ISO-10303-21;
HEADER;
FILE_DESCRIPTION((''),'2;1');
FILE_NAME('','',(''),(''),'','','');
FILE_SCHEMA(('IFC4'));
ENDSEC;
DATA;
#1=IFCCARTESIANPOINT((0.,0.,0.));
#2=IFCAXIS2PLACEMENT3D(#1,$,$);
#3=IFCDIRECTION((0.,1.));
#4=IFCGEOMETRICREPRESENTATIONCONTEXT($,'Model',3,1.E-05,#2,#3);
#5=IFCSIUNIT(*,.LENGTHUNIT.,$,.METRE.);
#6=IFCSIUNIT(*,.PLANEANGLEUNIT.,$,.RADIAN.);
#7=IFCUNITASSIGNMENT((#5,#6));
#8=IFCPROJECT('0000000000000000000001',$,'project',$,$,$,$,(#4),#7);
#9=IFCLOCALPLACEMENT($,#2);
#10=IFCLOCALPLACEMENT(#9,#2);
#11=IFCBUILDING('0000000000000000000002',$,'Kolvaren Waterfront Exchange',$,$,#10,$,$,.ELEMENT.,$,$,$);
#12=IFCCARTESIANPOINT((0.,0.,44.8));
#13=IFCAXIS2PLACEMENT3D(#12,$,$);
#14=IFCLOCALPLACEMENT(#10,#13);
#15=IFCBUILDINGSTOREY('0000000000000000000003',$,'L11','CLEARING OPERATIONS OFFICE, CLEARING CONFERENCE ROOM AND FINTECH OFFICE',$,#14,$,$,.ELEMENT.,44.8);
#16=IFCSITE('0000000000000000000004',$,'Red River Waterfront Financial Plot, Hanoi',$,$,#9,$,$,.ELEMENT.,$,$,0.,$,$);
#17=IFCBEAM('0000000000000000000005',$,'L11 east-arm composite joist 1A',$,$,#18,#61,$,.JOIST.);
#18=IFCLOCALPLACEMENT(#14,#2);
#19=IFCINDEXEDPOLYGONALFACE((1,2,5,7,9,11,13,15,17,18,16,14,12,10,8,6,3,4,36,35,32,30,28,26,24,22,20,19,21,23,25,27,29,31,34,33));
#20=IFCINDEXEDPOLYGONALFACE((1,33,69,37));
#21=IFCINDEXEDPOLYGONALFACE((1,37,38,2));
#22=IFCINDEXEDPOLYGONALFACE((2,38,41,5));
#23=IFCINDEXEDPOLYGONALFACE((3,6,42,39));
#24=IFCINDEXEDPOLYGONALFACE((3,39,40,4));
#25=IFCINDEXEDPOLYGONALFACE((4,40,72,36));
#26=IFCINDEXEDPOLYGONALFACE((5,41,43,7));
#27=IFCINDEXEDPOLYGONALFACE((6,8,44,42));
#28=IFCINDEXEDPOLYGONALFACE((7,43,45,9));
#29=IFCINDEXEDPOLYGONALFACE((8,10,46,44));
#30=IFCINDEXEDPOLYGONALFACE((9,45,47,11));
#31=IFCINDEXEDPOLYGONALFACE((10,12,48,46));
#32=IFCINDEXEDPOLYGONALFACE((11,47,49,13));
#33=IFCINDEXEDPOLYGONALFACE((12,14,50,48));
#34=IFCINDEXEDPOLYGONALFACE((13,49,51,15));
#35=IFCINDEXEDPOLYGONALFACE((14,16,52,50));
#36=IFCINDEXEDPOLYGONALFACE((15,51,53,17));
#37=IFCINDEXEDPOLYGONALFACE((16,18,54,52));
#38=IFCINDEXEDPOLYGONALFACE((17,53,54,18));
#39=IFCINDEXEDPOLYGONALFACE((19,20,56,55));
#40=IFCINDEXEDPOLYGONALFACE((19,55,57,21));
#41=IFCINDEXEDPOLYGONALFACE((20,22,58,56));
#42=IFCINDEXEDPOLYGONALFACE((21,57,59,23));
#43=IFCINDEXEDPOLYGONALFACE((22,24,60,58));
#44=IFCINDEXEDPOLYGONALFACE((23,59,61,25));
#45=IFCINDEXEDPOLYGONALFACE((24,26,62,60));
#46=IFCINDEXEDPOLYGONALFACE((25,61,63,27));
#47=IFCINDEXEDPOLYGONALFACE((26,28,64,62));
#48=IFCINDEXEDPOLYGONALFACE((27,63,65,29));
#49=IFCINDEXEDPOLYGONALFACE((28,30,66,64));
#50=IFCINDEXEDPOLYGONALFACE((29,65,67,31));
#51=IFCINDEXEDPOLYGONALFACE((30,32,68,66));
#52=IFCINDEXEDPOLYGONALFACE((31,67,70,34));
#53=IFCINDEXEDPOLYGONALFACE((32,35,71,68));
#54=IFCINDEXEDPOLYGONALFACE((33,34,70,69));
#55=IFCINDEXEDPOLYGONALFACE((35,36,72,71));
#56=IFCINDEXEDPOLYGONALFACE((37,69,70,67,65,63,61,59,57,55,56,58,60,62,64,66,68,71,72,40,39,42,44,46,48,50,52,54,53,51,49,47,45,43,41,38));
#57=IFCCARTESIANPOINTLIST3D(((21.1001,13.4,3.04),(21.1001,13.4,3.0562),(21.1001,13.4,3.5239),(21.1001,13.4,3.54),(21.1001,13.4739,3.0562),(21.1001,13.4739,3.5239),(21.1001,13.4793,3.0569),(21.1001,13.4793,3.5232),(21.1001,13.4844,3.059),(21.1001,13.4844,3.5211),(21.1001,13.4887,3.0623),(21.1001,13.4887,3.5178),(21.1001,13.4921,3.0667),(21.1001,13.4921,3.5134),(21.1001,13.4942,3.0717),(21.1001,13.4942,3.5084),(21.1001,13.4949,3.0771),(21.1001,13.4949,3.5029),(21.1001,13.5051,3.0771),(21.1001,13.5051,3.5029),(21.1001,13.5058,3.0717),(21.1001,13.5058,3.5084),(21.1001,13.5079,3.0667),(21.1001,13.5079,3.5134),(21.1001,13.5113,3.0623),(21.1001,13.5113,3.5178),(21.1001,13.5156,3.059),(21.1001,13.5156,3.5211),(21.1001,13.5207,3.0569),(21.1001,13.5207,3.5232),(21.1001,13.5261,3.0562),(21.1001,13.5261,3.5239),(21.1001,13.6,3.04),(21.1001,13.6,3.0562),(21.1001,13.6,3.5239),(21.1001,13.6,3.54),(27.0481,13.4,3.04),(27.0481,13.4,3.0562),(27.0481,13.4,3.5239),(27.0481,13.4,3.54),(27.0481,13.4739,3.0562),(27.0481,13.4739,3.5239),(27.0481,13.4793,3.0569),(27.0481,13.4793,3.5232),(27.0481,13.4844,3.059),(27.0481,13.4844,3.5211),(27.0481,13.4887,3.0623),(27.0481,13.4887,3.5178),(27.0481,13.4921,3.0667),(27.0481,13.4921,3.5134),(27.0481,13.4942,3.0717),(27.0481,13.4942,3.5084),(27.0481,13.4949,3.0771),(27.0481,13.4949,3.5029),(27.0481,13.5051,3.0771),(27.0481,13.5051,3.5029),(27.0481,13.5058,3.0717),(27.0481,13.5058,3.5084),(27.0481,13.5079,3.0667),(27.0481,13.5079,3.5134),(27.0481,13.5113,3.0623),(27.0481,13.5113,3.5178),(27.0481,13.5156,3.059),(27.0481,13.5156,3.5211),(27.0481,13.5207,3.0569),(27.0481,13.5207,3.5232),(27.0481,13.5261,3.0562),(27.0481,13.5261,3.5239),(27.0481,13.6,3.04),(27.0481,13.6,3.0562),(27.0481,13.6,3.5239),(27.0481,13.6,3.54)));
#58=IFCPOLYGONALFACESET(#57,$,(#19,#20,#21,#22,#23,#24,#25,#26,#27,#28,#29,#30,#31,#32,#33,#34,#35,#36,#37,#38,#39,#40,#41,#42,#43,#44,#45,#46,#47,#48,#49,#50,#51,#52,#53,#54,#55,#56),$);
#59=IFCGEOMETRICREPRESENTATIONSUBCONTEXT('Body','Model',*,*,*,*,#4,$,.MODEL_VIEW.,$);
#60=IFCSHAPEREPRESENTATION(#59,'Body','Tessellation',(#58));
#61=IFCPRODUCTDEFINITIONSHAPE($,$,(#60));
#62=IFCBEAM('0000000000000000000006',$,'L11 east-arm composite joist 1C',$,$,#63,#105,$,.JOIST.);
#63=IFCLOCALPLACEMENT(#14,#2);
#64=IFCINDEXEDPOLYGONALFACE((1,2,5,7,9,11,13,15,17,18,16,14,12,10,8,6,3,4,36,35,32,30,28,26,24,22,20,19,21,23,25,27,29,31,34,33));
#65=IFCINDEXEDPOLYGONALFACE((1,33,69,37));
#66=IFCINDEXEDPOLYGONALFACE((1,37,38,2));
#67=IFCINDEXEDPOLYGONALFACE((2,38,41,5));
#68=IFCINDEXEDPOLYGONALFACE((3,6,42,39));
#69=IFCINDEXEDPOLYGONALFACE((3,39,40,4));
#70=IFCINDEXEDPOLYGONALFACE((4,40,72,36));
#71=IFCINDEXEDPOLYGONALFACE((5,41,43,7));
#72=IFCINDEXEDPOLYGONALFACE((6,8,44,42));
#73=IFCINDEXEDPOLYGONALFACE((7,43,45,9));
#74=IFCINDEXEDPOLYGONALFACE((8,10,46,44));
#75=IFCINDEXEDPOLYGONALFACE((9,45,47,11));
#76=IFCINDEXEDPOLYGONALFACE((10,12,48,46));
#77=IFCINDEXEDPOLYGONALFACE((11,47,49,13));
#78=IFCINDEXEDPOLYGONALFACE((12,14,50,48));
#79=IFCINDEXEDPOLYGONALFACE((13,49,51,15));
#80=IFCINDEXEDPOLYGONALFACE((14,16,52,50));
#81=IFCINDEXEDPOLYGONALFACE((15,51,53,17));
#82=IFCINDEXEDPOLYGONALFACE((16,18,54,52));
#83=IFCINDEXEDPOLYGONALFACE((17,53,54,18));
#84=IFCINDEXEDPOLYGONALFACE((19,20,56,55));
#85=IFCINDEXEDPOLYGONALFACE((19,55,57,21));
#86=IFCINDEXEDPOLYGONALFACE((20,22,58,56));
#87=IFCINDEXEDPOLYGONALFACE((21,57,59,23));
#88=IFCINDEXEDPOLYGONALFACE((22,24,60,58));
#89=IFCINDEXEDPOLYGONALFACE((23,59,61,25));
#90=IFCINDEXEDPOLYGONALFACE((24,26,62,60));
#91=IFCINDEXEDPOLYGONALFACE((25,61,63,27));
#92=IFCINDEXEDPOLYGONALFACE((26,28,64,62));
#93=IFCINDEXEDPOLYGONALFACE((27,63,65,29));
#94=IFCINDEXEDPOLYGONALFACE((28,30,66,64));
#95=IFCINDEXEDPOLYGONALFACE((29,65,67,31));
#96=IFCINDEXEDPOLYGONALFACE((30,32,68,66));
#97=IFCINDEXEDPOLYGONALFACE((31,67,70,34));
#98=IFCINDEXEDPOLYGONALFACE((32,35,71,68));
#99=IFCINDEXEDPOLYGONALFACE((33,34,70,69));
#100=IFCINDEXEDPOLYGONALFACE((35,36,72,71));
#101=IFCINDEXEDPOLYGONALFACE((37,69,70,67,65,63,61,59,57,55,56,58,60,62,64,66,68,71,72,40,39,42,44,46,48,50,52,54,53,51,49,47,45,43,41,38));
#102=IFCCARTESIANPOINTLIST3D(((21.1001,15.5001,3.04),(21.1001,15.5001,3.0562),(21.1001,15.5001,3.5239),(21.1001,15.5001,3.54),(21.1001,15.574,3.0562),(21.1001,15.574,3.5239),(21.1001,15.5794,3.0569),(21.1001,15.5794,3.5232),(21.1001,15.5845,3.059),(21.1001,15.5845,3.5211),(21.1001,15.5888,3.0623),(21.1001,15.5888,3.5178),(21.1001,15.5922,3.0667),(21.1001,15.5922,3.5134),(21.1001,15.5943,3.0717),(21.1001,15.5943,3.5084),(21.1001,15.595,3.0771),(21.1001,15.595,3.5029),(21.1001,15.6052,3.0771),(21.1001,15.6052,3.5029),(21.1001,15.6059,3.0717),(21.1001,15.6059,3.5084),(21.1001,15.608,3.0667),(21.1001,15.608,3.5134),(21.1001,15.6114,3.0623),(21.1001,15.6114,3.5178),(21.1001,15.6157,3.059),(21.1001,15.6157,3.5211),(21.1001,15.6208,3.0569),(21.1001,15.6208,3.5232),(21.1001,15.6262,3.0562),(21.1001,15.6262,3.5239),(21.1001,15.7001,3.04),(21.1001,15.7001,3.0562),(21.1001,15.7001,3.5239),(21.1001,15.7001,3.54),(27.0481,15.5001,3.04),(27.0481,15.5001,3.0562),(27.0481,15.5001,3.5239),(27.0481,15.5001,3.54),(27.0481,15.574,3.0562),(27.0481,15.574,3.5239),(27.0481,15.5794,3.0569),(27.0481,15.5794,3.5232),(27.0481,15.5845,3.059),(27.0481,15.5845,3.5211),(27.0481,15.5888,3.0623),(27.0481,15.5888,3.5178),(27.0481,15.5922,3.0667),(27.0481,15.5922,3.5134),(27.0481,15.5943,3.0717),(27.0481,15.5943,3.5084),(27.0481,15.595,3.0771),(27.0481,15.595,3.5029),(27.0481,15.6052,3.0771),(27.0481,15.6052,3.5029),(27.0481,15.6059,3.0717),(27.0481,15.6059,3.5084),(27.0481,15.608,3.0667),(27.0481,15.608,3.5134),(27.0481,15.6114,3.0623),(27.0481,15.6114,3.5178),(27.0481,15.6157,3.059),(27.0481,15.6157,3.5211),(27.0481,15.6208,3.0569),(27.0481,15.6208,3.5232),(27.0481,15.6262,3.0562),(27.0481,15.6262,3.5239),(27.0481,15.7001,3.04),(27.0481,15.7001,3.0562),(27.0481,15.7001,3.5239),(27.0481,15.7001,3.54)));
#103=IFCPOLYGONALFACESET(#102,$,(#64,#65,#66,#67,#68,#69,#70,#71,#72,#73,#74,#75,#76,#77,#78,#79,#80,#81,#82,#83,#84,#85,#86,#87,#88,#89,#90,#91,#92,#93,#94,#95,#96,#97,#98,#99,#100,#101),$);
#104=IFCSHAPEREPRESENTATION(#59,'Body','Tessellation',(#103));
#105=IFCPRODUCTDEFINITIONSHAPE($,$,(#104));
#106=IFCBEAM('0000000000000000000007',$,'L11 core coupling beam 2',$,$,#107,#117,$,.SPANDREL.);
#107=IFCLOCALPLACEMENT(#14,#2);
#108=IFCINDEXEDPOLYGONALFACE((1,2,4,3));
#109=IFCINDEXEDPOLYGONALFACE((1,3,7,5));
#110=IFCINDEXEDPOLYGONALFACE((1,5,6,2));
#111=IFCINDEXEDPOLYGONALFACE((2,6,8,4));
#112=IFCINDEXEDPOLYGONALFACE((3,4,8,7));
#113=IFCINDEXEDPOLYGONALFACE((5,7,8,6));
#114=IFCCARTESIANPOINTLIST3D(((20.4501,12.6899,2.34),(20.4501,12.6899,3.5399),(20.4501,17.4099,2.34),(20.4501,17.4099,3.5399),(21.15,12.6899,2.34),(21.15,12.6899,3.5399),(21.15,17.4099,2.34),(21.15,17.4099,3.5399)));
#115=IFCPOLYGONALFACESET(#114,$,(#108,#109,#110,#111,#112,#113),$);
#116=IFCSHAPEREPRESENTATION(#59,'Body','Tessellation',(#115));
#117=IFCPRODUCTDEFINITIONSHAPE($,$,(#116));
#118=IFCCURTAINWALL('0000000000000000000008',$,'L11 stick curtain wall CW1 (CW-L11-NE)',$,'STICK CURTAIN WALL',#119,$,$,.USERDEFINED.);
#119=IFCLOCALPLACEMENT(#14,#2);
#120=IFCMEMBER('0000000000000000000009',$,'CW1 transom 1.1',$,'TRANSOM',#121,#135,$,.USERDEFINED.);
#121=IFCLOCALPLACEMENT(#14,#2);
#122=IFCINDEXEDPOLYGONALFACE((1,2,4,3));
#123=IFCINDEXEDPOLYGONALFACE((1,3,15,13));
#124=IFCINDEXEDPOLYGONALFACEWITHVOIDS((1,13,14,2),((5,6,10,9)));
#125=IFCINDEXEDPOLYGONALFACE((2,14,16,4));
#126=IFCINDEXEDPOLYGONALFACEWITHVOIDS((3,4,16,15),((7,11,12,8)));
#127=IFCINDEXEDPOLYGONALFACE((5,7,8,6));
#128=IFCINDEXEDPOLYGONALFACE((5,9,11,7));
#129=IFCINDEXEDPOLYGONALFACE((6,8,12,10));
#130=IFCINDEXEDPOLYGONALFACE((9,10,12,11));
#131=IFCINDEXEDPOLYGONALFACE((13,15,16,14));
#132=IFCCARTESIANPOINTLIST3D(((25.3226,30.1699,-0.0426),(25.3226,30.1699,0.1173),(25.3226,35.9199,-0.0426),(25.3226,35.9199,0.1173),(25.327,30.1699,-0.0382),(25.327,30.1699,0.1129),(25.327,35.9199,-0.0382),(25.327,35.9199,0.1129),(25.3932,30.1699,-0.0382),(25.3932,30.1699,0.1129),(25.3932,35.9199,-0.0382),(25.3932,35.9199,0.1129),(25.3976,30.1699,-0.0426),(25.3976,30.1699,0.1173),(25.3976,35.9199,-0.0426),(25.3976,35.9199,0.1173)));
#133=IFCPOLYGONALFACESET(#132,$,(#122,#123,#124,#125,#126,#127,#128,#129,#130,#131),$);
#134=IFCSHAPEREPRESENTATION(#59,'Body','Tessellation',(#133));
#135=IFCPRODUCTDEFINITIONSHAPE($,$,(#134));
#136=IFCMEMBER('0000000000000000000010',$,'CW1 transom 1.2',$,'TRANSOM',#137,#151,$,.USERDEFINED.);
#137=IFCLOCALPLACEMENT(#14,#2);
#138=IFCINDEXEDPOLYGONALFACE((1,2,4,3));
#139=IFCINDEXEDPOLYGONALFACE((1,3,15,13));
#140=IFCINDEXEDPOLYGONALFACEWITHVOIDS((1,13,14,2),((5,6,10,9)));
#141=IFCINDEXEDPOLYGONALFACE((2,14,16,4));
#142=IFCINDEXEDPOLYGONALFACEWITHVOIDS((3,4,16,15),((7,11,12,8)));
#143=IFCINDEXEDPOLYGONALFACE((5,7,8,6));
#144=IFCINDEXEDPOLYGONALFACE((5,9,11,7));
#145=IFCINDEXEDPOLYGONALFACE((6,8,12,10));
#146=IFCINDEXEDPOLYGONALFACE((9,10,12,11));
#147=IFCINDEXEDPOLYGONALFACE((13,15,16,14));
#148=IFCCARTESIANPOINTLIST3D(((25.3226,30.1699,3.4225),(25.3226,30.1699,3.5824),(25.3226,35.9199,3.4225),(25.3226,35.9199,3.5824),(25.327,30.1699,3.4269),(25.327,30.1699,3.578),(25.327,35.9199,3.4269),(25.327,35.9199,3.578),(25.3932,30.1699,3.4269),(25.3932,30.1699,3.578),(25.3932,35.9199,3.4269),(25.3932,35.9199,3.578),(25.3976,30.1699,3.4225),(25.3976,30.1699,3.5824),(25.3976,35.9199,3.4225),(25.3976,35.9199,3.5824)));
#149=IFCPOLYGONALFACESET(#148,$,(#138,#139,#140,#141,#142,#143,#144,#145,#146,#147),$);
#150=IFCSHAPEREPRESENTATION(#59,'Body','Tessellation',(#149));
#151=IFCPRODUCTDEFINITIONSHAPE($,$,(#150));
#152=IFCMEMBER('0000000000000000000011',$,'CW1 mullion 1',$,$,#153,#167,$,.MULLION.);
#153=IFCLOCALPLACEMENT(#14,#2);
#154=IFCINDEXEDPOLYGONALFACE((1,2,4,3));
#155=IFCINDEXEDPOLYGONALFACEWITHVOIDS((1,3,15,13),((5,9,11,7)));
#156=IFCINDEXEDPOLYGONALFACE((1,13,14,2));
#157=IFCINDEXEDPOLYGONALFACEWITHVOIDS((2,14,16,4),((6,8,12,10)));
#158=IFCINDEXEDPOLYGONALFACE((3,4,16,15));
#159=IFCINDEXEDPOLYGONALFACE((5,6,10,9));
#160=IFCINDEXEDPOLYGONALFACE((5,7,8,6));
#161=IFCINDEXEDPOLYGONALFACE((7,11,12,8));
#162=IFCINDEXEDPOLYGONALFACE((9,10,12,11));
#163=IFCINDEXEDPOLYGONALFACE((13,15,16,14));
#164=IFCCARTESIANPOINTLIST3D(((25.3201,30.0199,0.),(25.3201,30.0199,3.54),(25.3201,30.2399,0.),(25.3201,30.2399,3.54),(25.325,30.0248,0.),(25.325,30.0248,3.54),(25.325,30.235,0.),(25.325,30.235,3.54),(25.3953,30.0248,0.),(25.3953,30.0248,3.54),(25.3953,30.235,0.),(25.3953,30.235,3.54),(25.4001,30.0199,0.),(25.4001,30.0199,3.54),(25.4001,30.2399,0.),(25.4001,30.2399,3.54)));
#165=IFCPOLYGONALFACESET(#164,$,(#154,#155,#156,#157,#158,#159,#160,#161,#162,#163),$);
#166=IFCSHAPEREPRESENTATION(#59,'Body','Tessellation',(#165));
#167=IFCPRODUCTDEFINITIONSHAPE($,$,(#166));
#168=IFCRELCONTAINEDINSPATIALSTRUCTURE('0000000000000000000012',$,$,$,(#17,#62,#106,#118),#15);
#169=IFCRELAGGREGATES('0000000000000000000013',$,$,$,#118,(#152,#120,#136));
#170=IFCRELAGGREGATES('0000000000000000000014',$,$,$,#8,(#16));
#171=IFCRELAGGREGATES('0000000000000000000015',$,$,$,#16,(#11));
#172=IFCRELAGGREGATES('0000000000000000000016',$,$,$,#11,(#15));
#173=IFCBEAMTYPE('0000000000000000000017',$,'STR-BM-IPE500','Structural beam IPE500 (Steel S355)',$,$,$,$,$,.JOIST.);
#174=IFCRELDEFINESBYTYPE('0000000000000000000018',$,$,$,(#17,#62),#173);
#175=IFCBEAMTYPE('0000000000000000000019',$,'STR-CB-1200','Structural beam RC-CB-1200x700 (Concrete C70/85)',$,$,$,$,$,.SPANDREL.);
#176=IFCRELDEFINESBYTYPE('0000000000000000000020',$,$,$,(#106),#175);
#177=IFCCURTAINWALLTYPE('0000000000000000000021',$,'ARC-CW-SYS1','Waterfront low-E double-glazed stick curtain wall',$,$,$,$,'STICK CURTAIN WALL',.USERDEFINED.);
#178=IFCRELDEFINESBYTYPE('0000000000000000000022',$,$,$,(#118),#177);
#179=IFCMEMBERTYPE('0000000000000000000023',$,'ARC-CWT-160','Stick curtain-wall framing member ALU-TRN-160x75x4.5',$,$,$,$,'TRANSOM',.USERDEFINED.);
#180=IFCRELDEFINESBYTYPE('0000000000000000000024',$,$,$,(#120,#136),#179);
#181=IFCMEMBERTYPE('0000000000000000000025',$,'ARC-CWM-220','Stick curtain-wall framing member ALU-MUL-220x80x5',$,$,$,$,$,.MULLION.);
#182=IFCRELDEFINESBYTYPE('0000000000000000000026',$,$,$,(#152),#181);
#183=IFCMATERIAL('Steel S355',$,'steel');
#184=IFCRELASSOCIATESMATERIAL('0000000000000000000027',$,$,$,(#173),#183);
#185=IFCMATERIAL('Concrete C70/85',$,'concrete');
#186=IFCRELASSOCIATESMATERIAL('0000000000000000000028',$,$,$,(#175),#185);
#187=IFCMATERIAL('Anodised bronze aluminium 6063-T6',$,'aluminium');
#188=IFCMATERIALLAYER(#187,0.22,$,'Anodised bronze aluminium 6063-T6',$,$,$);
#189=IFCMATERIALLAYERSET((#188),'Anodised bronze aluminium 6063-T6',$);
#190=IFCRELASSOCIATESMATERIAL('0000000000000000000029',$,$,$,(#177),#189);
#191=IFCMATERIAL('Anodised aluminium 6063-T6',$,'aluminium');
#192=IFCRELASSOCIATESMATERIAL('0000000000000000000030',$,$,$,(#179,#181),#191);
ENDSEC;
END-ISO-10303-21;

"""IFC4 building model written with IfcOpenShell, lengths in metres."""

from ifc_helpers import new_model, si_unit, direction, frame, origin, origin_with_axes, origin_2d, place, context, subcontext, project, spatial, rectangle, hollow_rectangle, i_section, extrude, source, transform, mapped, material, layer, layer_set, material_profile, profile_set, type_object, element, aggregate, save


model = new_model("IFC4")

# Units and contexts
model_context = context("Model", 3, precision=1e-05, world=origin(), true_north=direction((0.0, 1.0)))
body_context = subcontext(model_context, "Body", "Model", "MODEL_VIEW")
ifc_project = project(units=[si_unit("LENGTHUNIT", "METRE"), si_unit("PLANEANGLEUNIT", "RADIAN")], contexts=[model_context])

# Site, building, storey
site_placement = place(None, origin())
site = spatial("IfcSite", under=ifc_project, at=site_placement, Name="Red River Waterfront Financial Plot, Hanoi", CompositionType="ELEMENT", RefElevation=0.0)
building_placement = place(site_placement, origin())
building = spatial("IfcBuilding", under=site, at=building_placement, Name="Kolvaren Waterfront Exchange", CompositionType="ELEMENT")
storey_placement = place(building_placement, frame((0.0, 0.0, 44.8)))
storey = spatial("IfcBuildingStorey", under=building, at=storey_placement, Name="L11", Description="CLEARING OPERATIONS OFFICE, CLEARING CONFERENCE ROOM AND FINTECH OFFICE", CompositionType="ELEMENT", Elevation=44.8)

# Shared definitions
ifc_material_1 = material(Name="Concrete C70/85", Category="concrete")

# Beams
ifc_material_2 = material(Name="Steel S355", Category="steel")
ifc_material_profile_1 = material_profile(ifc_material_2, i_section(OverallWidth=0.2, OverallDepth=0.5, WebThickness=0.0103, FlangeThickness=0.0161, FilletRadius=0.021, at=origin_2d()), Name="IPE500")
ifc_profile_set_1 = profile_set([ifc_material_profile_1], Name="Steel S355")
beam_type_1 = type_object("IfcBeamType", Name="STR-BM-IPE500", Description="Structural beam IPE500 (Steel S355)", PredefinedType="JOIST", material=ifc_profile_set_1)
for number, where, z_axis, x_axis, name in (
    (1, (21.1001, 13.5, 3.29), (1.0, 0.0, 0.0), (0.0, 1.0, 0.0), "L11 east-arm composite joist 1A"),
    (2, (21.1001, 15.6001, 3.29), (1.0, 0.0, 0.0), (0.0, 1.0, 0.0), "L11 east-arm composite joist 1C"),
):
    element("IfcBeam", number, at=place(storey_placement, frame(where, z_axis=z_axis, x_axis=x_axis)), inside=storey, type_object=beam_type_1, Name=name, PredefinedType="JOIST", context=body_context, shape_type="SweptSolid", body=[
        extrude(i_section(OverallWidth=0.2, OverallDepth=0.5, WebThickness=0.0103, FlangeThickness=0.0161, FilletRadius=0.021, at=origin_2d()), origin(), (0.0, 0.0, 1.0), 5.948),
    ])
ifc_material_profile_2 = material_profile(ifc_material_1, rectangle(XDim=0.7, YDim=1.2, at=origin_2d()), Name="RC-CB-1200x700")
ifc_profile_set_2 = profile_set([ifc_material_profile_2], Name="Concrete C70/85")
beam_type_2 = type_object("IfcBeamType", Name="STR-CB-1200", Description="Structural beam RC-CB-1200x700 (Concrete C70/85)", PredefinedType="SPANDREL", material=ifc_profile_set_2)
beam_1_placement = place(storey_placement, frame((20.8, 12.6899, 2.9399), z_axis=(0.0, 1.0, 0.0), x_axis=(-1.0, 0.0, 0.0)))
element("IfcBeam", 3, at=beam_1_placement, inside=storey, type_object=beam_type_2, Name="L11 core coupling beam 2", PredefinedType="SPANDREL", context=body_context, shape_type="SweptSolid", body=[
    extrude(rectangle(XDim=0.7, YDim=1.2, at=origin_2d()), origin(), (0.0, 0.0, 1.0), 4.72),
])

# Curtain wall, members
ifc_material_3 = material(Name="Anodised bronze aluminium 6063-T6", Category="aluminium")
ifc_layer_1 = layer(ifc_material_3, 0.22, Name="Anodised bronze aluminium 6063-T6")
ifc_layer_set_1 = layer_set([ifc_layer_1], Name="Anodised bronze aluminium 6063-T6")
curtain_wall_type = type_object("IfcCurtainWallType", Name="ARC-CW-SYS1", Description="Waterfront low-E double-glazed stick curtain wall", ElementType="STICK CURTAIN WALL", PredefinedType="USERDEFINED", material=ifc_layer_set_1)
curtain_wall_placement = place(storey_placement, origin())
curtain_wall = element("IfcCurtainWall", 4, at=curtain_wall_placement, inside=storey, type_object=curtain_wall_type, Name="L11 stick curtain wall CW1 (CW-L11-NE)", ObjectType="STICK CURTAIN WALL", PredefinedType="USERDEFINED")
ifc_material_4 = material(Name="Anodised aluminium 6063-T6", Category="aluminium")
ifc_material_profile_3 = material_profile(ifc_material_4, hollow_rectangle(XDim=0.075, YDim=0.1599, WallThickness=0.0044, at=origin_2d()), Name="ALU-TRN-160x75x4.5")
ifc_profile_set_3 = profile_set([ifc_material_profile_3], Name="Anodised aluminium 6063-T6")
member_type_1 = type_object("IfcMemberType", Name="ARC-CWT-160", Description="Stick curtain-wall framing member ALU-TRN-160x75x4.5", ElementType="TRANSOM", PredefinedType="USERDEFINED", material=ifc_profile_set_3)
shared_shape_1 = source(origin_with_axes(), body_context, "Body", "SweptSolid", [
    extrude(hollow_rectangle(XDim=0.075, YDim=0.1599, WallThickness=0.0044, at=origin_2d()), origin(), (0.0, 0.0, 1.0), 5.75),
])
member_1_placement = place(storey_placement, frame((25.3601, 30.1699, 0.0374), z_axis=(0.0, 1.0, 0.0), x_axis=(-1.0, 0.0, 0.0)))
member_1 = element("IfcMember", 5, at=member_1_placement, type_object=member_type_1, Name="CW1 transom 1.1", ObjectType="TRANSOM", PredefinedType="USERDEFINED", context=body_context, shape_type="MappedRepresentation", body=[
    mapped(shared_shape_1, transform((0.0, 0.0, 0.0), x_axis=(1.0, 0.0, 0.0), y_axis=(0.0, 1.0, 0.0), z_axis=(0.0, 0.0, 1.0), scale=1.0)),
])
member_2_placement = place(storey_placement, frame((25.3601, 30.1699, 3.5024), z_axis=(0.0, 1.0, 0.0), x_axis=(-1.0, 0.0, 0.0)))
member_2 = element("IfcMember", 6, at=member_2_placement, type_object=member_type_1, Name="CW1 transom 1.2", ObjectType="TRANSOM", PredefinedType="USERDEFINED", context=body_context, shape_type="MappedRepresentation", body=[
    mapped(shared_shape_1, transform((0.0, 0.0, 0.0), x_axis=(1.0, 0.0, 0.0), y_axis=(0.0, 1.0, 0.0), z_axis=(0.0, 0.0, 1.0), scale=1.0)),
])
ifc_material_profile_4 = material_profile(ifc_material_4, hollow_rectangle(XDim=0.0801, YDim=0.22, WallThickness=0.0049, at=origin_2d()), Name="ALU-MUL-220x80x5")
ifc_profile_set_4 = profile_set([ifc_material_profile_4], Name="Anodised aluminium 6063-T6")
member_type_2 = type_object("IfcMemberType", Name="ARC-CWM-220", Description="Stick curtain-wall framing member ALU-MUL-220x80x5", PredefinedType="MULLION", material=ifc_profile_set_4)
shared_shape_2 = source(origin_with_axes(), body_context, "Body", "SweptSolid", [
    extrude(hollow_rectangle(XDim=0.0801, YDim=0.22, WallThickness=0.0049, at=origin_2d()), origin(), (0.0, 0.0, 1.0), 3.54),
])
member_3_placement = place(storey_placement, frame((25.3601, 30.1299, 0.0), z_axis=(0.0, 0.0, 1.0), x_axis=(-1.0, 0.0, 0.0)))
member_3 = element("IfcMember", 7, at=member_3_placement, type_object=member_type_2, Name="CW1 mullion 1", PredefinedType="MULLION", context=body_context, shape_type="MappedRepresentation", body=[
    mapped(shared_shape_2, transform((0.0, 0.0, 0.0), x_axis=(1.0, 0.0, 0.0), y_axis=(0.0, 1.0, 0.0), z_axis=(0.0, 0.0, 1.0), scale=1.0)),
])
aggregate(curtain_wall, [member_3, member_1, member_2])

save(model, "model.ifc")
